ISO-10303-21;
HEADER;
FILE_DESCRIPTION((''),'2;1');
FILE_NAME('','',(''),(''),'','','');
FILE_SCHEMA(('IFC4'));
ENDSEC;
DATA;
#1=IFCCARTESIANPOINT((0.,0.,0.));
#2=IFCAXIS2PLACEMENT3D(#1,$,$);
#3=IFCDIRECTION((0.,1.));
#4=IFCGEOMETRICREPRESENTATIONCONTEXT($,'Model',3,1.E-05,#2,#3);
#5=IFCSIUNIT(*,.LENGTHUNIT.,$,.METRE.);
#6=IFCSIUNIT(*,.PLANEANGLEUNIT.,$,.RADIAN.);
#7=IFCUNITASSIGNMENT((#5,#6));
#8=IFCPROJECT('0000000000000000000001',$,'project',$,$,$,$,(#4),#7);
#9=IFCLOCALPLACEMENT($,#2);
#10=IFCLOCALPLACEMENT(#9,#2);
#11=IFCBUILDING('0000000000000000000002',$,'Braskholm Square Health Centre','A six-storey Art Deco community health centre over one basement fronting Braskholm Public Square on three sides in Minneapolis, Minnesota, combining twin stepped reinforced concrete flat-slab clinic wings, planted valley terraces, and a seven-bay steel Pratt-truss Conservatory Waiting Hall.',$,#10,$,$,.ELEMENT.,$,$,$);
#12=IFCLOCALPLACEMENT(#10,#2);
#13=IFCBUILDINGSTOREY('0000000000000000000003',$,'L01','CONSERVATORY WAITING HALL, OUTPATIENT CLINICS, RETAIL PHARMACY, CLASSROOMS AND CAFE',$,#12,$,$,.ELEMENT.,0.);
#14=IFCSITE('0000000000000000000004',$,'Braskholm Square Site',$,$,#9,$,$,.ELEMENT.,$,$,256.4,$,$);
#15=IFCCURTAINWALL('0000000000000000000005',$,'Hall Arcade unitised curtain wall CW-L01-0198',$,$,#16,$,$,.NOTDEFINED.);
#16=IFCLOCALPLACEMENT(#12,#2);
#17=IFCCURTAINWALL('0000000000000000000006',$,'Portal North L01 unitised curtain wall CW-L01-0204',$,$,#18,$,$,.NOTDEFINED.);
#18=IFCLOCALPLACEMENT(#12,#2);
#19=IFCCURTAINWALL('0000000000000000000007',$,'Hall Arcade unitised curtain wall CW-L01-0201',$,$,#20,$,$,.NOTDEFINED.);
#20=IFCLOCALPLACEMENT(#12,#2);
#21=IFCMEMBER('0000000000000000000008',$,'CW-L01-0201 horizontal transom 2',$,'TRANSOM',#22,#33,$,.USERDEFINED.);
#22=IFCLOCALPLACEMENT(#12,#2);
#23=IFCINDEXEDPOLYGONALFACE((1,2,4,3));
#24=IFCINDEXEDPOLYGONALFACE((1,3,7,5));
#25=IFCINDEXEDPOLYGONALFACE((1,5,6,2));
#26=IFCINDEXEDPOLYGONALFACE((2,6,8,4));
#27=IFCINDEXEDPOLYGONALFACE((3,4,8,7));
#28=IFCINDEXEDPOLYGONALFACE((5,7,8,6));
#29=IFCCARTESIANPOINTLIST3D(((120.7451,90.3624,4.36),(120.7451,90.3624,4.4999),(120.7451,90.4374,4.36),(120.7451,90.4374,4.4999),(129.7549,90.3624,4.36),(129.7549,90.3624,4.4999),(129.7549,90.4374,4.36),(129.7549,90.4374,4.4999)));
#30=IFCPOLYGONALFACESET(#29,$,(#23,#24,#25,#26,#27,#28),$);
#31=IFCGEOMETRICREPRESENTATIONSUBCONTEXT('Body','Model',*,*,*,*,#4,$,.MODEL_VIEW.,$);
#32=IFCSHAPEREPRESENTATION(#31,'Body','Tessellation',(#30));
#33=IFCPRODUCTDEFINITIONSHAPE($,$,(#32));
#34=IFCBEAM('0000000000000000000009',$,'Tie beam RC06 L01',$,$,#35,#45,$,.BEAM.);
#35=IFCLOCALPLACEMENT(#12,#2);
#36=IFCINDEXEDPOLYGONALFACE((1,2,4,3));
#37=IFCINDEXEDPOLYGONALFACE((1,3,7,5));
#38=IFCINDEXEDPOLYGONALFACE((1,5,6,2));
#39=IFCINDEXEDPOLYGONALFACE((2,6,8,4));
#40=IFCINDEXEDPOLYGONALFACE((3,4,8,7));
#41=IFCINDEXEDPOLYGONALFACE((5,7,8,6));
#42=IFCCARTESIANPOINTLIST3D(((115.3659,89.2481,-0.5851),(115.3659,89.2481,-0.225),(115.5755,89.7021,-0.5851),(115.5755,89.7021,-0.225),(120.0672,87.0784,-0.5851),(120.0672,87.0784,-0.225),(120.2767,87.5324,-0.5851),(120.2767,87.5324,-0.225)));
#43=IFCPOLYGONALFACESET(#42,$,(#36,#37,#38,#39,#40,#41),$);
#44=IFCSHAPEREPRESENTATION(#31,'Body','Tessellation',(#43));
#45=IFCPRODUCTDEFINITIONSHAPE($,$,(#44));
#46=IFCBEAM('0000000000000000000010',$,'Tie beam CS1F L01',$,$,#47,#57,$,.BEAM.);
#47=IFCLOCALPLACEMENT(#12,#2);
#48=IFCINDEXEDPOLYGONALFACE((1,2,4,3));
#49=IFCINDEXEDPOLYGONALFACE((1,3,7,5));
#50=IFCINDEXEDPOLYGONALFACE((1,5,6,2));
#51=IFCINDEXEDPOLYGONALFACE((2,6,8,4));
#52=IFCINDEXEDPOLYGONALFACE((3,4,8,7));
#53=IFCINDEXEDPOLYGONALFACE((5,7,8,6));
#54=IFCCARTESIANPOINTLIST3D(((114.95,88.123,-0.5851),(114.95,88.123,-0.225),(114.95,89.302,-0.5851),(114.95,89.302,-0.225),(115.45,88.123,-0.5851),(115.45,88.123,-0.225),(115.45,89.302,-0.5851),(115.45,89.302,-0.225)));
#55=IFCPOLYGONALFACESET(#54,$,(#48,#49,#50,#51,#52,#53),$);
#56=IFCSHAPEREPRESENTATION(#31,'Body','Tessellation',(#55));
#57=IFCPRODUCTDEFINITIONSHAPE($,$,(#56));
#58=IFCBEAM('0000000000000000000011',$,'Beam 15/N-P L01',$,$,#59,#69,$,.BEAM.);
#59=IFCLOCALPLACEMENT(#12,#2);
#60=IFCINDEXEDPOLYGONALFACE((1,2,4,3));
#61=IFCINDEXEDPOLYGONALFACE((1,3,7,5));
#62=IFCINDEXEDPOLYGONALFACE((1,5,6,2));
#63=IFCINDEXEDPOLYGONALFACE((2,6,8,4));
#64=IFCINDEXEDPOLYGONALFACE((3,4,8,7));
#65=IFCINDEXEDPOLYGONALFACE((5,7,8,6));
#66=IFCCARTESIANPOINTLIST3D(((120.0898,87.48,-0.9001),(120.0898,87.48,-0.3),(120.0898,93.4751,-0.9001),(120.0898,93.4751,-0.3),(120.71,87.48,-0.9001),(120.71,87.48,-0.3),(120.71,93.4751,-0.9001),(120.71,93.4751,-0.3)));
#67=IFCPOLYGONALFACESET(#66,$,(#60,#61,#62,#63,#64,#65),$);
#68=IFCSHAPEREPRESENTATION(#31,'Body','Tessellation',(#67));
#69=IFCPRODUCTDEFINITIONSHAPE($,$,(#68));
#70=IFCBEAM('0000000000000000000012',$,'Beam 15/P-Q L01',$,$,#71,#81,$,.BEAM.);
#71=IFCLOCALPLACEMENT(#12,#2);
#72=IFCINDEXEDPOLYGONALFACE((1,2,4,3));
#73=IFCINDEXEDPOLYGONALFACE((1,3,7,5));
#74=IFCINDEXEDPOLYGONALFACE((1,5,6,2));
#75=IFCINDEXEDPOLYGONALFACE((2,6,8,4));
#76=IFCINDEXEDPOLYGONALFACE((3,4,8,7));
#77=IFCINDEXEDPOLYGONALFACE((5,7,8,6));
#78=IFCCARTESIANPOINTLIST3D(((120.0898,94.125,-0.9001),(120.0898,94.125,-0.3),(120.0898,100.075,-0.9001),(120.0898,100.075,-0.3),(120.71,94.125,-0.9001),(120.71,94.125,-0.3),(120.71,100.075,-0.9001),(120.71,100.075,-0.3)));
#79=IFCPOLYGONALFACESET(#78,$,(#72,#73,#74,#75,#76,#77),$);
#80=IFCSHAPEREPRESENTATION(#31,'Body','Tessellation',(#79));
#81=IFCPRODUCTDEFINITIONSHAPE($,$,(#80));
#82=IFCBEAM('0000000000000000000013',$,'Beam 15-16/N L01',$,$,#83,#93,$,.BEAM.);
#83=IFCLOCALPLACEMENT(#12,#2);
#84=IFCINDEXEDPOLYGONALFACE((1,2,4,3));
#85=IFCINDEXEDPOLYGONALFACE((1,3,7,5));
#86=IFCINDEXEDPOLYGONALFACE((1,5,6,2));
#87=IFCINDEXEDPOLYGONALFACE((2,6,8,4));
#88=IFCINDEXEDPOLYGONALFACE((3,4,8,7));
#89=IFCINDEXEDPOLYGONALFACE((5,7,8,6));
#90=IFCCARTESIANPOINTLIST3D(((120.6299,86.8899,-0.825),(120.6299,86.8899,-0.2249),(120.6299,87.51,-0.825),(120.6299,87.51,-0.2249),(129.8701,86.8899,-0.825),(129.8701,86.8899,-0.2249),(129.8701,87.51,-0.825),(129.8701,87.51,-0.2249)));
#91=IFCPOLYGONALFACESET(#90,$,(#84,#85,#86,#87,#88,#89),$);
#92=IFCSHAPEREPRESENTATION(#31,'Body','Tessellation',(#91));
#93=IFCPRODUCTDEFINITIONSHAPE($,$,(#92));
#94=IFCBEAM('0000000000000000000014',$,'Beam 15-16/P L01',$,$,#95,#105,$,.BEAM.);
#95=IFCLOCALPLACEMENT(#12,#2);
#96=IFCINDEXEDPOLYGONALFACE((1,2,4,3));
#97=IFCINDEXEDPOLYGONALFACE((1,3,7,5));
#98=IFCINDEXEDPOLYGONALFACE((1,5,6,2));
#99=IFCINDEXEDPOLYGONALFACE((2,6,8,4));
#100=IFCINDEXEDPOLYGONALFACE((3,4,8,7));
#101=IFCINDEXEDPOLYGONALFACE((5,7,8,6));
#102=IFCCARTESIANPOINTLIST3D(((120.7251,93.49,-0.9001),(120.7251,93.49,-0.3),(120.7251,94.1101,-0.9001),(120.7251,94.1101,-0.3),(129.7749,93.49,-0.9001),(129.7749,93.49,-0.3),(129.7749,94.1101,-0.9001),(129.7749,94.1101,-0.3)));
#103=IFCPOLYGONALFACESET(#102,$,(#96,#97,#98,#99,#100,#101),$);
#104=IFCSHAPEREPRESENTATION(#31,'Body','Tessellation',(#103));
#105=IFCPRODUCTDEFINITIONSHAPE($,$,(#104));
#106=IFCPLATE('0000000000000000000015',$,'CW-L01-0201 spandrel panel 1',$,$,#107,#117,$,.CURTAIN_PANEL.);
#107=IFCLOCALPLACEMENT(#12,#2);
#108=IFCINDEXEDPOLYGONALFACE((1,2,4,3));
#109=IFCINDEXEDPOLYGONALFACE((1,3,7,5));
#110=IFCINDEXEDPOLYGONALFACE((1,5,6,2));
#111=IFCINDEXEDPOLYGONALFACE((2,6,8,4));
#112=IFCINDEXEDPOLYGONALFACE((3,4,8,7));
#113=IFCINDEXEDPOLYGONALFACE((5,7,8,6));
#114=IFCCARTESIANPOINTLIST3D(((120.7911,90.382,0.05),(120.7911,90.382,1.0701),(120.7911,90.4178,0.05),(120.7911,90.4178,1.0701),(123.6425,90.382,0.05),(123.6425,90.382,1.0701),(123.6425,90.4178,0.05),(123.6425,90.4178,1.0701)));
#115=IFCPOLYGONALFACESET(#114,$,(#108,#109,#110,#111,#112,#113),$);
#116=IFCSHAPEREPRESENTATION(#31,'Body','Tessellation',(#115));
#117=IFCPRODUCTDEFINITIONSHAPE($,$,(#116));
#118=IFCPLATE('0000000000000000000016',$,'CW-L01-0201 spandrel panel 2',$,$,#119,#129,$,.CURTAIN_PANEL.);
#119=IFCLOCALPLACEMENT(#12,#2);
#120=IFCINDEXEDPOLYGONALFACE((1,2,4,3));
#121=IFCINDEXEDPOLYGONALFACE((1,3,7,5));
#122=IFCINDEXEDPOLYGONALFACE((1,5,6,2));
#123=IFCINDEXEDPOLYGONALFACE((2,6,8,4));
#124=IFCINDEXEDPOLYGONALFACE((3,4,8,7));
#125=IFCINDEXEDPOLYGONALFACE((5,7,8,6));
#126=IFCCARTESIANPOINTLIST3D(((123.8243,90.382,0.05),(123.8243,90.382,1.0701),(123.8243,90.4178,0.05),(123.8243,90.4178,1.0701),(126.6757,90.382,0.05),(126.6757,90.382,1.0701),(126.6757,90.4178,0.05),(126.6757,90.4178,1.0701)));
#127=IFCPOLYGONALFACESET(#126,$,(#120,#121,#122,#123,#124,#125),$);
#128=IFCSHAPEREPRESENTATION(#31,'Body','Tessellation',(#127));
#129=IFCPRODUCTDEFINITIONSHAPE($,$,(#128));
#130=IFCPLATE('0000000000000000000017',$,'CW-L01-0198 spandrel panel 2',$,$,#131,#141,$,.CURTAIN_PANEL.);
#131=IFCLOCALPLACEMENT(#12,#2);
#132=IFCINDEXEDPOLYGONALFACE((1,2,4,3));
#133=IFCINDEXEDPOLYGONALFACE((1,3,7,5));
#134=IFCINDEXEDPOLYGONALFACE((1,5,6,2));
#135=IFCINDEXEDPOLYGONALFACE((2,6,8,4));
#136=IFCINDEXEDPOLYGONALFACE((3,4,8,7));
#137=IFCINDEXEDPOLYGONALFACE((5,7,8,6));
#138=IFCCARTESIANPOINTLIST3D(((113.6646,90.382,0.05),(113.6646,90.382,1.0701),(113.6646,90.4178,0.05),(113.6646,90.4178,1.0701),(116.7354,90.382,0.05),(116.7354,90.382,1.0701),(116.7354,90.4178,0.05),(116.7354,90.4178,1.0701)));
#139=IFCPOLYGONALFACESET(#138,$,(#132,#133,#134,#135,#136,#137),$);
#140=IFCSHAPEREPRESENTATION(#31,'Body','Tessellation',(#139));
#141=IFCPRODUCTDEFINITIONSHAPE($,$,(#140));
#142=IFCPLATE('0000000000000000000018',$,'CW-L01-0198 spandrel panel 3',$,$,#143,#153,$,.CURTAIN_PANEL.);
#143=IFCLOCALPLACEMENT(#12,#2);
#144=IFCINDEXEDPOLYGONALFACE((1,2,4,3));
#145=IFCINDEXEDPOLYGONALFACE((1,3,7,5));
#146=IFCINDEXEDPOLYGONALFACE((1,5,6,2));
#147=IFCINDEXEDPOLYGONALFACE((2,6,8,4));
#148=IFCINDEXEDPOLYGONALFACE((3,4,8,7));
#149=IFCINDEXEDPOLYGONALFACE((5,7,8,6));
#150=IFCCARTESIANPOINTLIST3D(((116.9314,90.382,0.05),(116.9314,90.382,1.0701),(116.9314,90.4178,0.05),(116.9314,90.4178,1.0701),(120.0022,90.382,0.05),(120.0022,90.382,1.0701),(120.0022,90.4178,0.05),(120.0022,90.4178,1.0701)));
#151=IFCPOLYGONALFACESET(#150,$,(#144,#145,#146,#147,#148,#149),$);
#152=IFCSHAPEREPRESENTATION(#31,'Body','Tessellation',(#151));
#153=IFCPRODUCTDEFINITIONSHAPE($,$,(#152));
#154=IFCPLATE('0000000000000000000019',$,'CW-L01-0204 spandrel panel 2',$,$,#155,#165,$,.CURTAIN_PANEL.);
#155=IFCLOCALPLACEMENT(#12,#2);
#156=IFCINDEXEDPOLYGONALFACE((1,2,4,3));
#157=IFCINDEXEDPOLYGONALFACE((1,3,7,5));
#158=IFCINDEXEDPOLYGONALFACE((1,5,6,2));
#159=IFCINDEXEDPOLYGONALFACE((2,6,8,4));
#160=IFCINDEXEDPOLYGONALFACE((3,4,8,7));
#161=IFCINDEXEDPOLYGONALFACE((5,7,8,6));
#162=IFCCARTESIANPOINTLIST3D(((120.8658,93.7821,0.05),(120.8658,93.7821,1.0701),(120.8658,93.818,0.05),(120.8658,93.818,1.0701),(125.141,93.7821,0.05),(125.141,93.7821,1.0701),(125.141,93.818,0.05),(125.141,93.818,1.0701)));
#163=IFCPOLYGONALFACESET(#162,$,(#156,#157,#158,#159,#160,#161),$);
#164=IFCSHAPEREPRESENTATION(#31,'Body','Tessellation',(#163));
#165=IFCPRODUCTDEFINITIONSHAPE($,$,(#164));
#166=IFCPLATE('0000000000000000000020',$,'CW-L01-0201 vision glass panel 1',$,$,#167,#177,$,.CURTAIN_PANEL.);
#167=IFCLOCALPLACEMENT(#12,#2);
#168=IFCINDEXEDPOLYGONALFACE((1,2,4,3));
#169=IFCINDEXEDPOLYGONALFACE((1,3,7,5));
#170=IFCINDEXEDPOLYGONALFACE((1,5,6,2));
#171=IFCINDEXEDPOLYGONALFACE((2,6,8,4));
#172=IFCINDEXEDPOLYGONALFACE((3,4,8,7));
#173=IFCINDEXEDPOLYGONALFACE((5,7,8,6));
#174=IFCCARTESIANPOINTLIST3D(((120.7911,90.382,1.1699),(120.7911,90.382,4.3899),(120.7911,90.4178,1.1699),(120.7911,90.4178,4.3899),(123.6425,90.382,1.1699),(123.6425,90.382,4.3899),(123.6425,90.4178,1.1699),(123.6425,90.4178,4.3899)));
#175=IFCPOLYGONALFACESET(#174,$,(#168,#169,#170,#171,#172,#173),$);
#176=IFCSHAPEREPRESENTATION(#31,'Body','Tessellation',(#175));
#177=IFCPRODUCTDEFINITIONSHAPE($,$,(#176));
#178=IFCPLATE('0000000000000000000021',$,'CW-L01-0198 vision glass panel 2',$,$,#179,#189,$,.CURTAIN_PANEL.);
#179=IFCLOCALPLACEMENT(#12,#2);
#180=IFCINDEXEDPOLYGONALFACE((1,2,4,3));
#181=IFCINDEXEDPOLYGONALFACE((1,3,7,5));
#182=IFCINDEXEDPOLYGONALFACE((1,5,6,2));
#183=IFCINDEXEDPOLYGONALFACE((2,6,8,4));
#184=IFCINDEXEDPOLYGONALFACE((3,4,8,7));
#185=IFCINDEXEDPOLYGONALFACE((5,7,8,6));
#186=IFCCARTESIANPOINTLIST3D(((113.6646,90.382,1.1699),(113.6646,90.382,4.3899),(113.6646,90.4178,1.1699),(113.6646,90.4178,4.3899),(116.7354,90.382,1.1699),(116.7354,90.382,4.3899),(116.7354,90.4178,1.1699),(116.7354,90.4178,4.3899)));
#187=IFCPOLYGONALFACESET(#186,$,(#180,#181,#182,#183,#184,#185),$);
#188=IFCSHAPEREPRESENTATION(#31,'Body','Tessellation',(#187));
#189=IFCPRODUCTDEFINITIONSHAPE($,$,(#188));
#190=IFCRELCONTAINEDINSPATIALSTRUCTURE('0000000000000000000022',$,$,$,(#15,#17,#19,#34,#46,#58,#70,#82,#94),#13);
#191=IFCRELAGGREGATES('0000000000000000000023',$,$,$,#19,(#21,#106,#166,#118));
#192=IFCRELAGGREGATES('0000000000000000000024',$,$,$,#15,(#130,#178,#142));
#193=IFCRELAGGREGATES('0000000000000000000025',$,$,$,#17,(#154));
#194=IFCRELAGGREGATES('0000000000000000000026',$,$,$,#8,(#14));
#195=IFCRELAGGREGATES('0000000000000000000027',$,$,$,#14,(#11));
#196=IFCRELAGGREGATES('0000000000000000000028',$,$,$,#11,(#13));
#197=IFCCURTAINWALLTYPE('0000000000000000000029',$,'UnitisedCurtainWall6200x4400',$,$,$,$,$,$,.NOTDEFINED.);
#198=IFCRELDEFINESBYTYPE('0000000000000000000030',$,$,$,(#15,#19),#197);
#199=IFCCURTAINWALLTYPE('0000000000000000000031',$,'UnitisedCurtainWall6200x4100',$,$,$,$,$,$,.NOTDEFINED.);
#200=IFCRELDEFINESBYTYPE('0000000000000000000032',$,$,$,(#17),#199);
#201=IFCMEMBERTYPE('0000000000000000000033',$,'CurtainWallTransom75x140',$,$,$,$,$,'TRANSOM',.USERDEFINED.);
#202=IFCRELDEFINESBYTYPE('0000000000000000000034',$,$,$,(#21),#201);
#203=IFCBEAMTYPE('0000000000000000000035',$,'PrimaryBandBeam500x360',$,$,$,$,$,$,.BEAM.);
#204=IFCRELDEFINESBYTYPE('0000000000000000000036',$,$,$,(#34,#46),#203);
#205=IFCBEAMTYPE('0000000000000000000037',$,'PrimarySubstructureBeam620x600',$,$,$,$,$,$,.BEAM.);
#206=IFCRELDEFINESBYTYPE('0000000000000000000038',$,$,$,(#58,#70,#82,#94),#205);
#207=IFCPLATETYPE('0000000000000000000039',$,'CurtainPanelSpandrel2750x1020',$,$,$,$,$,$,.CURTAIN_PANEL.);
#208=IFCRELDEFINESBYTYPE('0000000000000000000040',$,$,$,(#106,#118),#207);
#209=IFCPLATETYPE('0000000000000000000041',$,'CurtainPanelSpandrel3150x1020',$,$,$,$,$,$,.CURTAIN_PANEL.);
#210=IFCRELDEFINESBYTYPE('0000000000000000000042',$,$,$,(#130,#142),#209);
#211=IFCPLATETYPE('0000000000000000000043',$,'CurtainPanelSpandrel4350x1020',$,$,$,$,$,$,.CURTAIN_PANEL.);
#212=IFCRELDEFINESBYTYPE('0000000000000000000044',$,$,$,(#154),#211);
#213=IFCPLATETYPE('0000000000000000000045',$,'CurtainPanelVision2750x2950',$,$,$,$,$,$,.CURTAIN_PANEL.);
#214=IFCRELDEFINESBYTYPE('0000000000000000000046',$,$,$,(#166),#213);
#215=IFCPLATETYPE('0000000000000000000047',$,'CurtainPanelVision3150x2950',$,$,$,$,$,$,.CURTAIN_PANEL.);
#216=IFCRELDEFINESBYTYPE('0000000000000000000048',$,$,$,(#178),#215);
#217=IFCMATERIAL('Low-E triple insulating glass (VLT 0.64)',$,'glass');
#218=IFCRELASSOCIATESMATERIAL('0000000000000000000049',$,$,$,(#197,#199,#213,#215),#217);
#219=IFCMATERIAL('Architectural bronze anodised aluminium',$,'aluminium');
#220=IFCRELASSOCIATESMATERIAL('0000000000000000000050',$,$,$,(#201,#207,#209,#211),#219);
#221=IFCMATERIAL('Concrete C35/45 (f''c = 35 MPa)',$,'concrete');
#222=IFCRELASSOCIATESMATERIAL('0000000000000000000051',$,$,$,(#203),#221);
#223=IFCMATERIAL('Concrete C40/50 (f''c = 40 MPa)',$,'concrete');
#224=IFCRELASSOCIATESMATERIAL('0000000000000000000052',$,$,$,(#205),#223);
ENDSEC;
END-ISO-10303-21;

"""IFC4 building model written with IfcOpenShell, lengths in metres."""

from ifc_helpers import new_model, si_unit, direction, frame, origin, origin_2d, place, context, subcontext, project, spatial, rectangle, extrude, material, material_profile, profile_set, type_object, element, aggregate, save


model = new_model("IFC4")

# Units and contexts
model_context = context("Model", 3, precision=1e-05, world=origin(), true_north=direction((0.0, 1.0)))
body_context = subcontext(model_context, "Body", "Model", "MODEL_VIEW")
ifc_project = project(units=[si_unit("LENGTHUNIT", "METRE"), si_unit("PLANEANGLEUNIT", "RADIAN")], contexts=[model_context])

# Site, building, storey
site_placement = place(None, origin())
site = spatial("IfcSite", under=ifc_project, at=site_placement, Name="Braskholm Square Site", CompositionType="ELEMENT", RefElevation=256.4)
building_placement = place(site_placement, origin())
building = spatial("IfcBuilding", under=site, at=building_placement, Name="Braskholm Square Health Centre", Description="A six-storey Art Deco community health centre over one basement fronting Braskholm Public Square on three sides in Minneapolis, Minnesota, combining twin stepped reinforced concrete flat-slab clinic wings, planted valley terraces, and a seven-bay steel Pratt-truss Conservatory Waiting Hall.", CompositionType="ELEMENT")
storey_placement = place(building_placement, origin())
storey = spatial("IfcBuildingStorey", under=building, at=storey_placement, Name="L01", Description="CONSERVATORY WAITING HALL, OUTPATIENT CLINICS, RETAIL PHARMACY, CLASSROOMS AND CAFE", CompositionType="ELEMENT", Elevation=0.0)

# Shared definitions
ifc_material_1 = material(Name="Concrete C40/50 (f'c = 40 MPa)", Category="concrete")

# Curtain wall
ifc_material_2 = material(Name="Low-E triple insulating glass (VLT 0.64)", Category="glass")
curtain_wall_type_1 = type_object("IfcCurtainWallType", Name="UnitisedCurtainWall6200x4400", PredefinedType="NOTDEFINED", material=ifc_material_2)
curtain_wall_1_placement = place(storey_placement, origin())
curtain_wall_1 = element("IfcCurtainWall", 1, at=curtain_wall_1_placement, inside=storey, type_object=curtain_wall_type_1, Name="Hall Arcade unitised curtain wall CW-L01-0198", PredefinedType="NOTDEFINED")
ifc_material_3 = material(Name="Architectural bronze anodised aluminium", Category="aluminium")

# Curtain wall
curtain_wall_type_2 = type_object("IfcCurtainWallType", Name="UnitisedCurtainWall6200x4100", PredefinedType="NOTDEFINED", material=ifc_material_2)
curtain_wall_2_placement = place(storey_placement, origin())
curtain_wall_2 = element("IfcCurtainWall", 2, at=curtain_wall_2_placement, inside=storey, type_object=curtain_wall_type_2, Name="Portal North L01 unitised curtain wall CW-L01-0204", PredefinedType="NOTDEFINED")

# Curtain wall
curtain_wall_3_placement = place(storey_placement, origin())
curtain_wall_3 = element("IfcCurtainWall", 3, at=curtain_wall_3_placement, inside=storey, type_object=curtain_wall_type_1, Name="Hall Arcade unitised curtain wall CW-L01-0201", PredefinedType="NOTDEFINED")

# Member
ifc_material_profile_1 = material_profile(ifc_material_3, rectangle(XDim=0.075, YDim=0.1399, at=origin_2d()), Name="ALU-75X140")
ifc_profile_set_1 = profile_set([ifc_material_profile_1], Name="Architectural bronze anodised aluminium")
member_type_1 = type_object("IfcMemberType", Name="CurtainWallTransom75x140", ElementType="TRANSOM", PredefinedType="USERDEFINED", material=ifc_profile_set_1)
member_1_placement = place(storey_placement, frame((120.7451, 90.3999, 4.4299), z_axis=(1.0, 0.0, 0.0), x_axis=(0.0, 1.0, 0.0)))
member_1 = element("IfcMember", 4, at=member_1_placement, type_object=member_type_1, Name="CW-L01-0201 horizontal transom 2", ObjectType="TRANSOM", PredefinedType="USERDEFINED", context=body_context, shape_type="SweptSolid", body=[
    extrude(rectangle(XDim=0.075, YDim=0.1399, at=origin_2d()), origin(), (0.0, 0.0, 1.0), 9.0098),
])

# Beams
ifc_material_4 = material(Name="Concrete C35/45 (f'c = 35 MPa)", Category="concrete")
ifc_material_profile_2 = material_profile(ifc_material_4, rectangle(XDim=0.5, YDim=0.3601, at=origin_2d()), Name="RCB-500X360")
ifc_profile_set_2 = profile_set([ifc_material_profile_2], Name="Concrete C35/45 (f'c = 35 MPa)")
beam_type_1 = type_object("IfcBeamType", Name="PrimaryBandBeam500x360", PredefinedType="BEAM", material=ifc_profile_set_2)
beam_1_placement = place(storey_placement, frame((115.4707, 89.4751, -0.405), z_axis=(0.907966, -0.419043, 0.0), x_axis=(0.419043, 0.907966, 0.0)))
element("IfcBeam", 5, at=beam_1_placement, inside=storey, type_object=beam_type_1, Name="Tie beam RC06 L01", PredefinedType="BEAM", context=body_context, shape_type="SweptSolid", body=[
    extrude(rectangle(XDim=0.5, YDim=0.3601, at=origin_2d()), origin(), (0.0, 0.0, 1.0), 5.1777),
])
beam_2_placement = place(storey_placement, frame((115.2, 88.123, -0.405), z_axis=(0.0, 1.0, 0.0), x_axis=(-1.0, 0.0, 0.0)))
element("IfcBeam", 6, at=beam_2_placement, inside=storey, type_object=beam_type_1, Name="Tie beam CS1F L01", PredefinedType="BEAM", context=body_context, shape_type="SweptSolid", body=[
    extrude(rectangle(XDim=0.5, YDim=0.3601, at=origin_2d()), origin(), (0.0, 0.0, 1.0), 1.179),
])
ifc_material_profile_3 = material_profile(ifc_material_1, rectangle(XDim=0.6201, YDim=0.6001, at=origin_2d()), Name="RCB-620X600")
ifc_profile_set_3 = profile_set([ifc_material_profile_3], Name="Concrete C40/50 (f'c = 40 MPa)")
beam_type_2 = type_object("IfcBeamType", Name="PrimarySubstructureBeam620x600", PredefinedType="BEAM", material=ifc_profile_set_3)
beam_3_placement = place(storey_placement, frame((120.3999, 87.48, -0.6001), z_axis=(0.0, 1.0, 0.0), x_axis=(-1.0, 0.0, 0.0)))
element("IfcBeam", 7, at=beam_3_placement, inside=storey, type_object=beam_type_2, Name="Beam 15/N-P L01", PredefinedType="BEAM", context=body_context, shape_type="SweptSolid", body=[
    extrude(rectangle(XDim=0.6201, YDim=0.6001, at=origin_2d()), origin(), (0.0, 0.0, 1.0), 5.9951),
])
beam_4_placement = place(storey_placement, frame((120.3999, 94.125, -0.6001), z_axis=(0.0, 1.0, 0.0), x_axis=(-1.0, 0.0, 0.0)))
element("IfcBeam", 8, at=beam_4_placement, inside=storey, type_object=beam_type_2, Name="Beam 15/P-Q L01", PredefinedType="BEAM", context=body_context, shape_type="SweptSolid", body=[
    extrude(rectangle(XDim=0.6201, YDim=0.6001, at=origin_2d()), origin(), (0.0, 0.0, 1.0), 5.95),
])
beam_5_placement = place(storey_placement, frame((120.6299, 87.2, -0.5249), z_axis=(1.0, 0.0, 0.0), x_axis=(0.0, 1.0, 0.0)))
element("IfcBeam", 9, at=beam_5_placement, inside=storey, type_object=beam_type_2, Name="Beam 15-16/N L01", PredefinedType="BEAM", context=body_context, shape_type="SweptSolid", body=[
    extrude(rectangle(XDim=0.6201, YDim=0.6001, at=origin_2d()), origin(), (0.0, 0.0, 1.0), 9.2402),
])
beam_6_placement = place(storey_placement, frame((120.7251, 93.8, -0.6001), z_axis=(1.0, 0.0, 0.0), x_axis=(0.0, 1.0, 0.0)))
element("IfcBeam", 10, at=beam_6_placement, inside=storey, type_object=beam_type_2, Name="Beam 15-16/P L01", PredefinedType="BEAM", context=body_context, shape_type="SweptSolid", body=[
    extrude(rectangle(XDim=0.6201, YDim=0.6001, at=origin_2d()), origin(), (0.0, 0.0, 1.0), 9.0498),
])

# Plates
plate_type_1 = type_object("IfcPlateType", Name="CurtainPanelSpandrel2750x1020", PredefinedType="CURTAIN_PANEL", material=ifc_material_3)
plate_1_placement = place(storey_placement, frame((122.2168, 90.3999, 0.05), z_axis=(0.0, 0.0, 1.0), x_axis=(1.0, 0.0, 0.0)))
plate_1 = element("IfcPlate", 11, at=plate_1_placement, type_object=plate_type_1, Name="CW-L01-0201 spandrel panel 1", PredefinedType="CURTAIN_PANEL", context=body_context, shape_type="SweptSolid", body=[
    extrude(rectangle(XDim=2.8513, YDim=0.0359, at=origin_2d()), origin(), (0.0, 0.0, 1.0), 1.02),
])
plate_2_placement = place(storey_placement, frame((125.25, 90.3999, 0.05), z_axis=(0.0, 0.0, 1.0), x_axis=(1.0, 0.0, 0.0)))
plate_2 = element("IfcPlate", 12, at=plate_2_placement, type_object=plate_type_1, Name="CW-L01-0201 spandrel panel 2", PredefinedType="CURTAIN_PANEL", context=body_context, shape_type="SweptSolid", body=[
    extrude(rectangle(XDim=2.8513, YDim=0.0359, at=origin_2d()), origin(), (0.0, 0.0, 1.0), 1.02),
])
plate_type_2 = type_object("IfcPlateType", Name="CurtainPanelSpandrel3150x1020", PredefinedType="CURTAIN_PANEL", material=ifc_material_3)
plate_3_placement = place(storey_placement, frame((115.2, 90.3999, 0.05), z_axis=(0.0, 0.0, 1.0), x_axis=(1.0, 0.0, 0.0)))
plate_3 = element("IfcPlate", 13, at=plate_3_placement, type_object=plate_type_2, Name="CW-L01-0198 spandrel panel 2", PredefinedType="CURTAIN_PANEL", context=body_context, shape_type="SweptSolid", body=[
    extrude(rectangle(XDim=3.0708, YDim=0.0359, at=origin_2d()), origin(), (0.0, 0.0, 1.0), 1.02),
])
plate_4_placement = place(storey_placement, frame((118.4668, 90.3999, 0.05), z_axis=(0.0, 0.0, 1.0), x_axis=(1.0, 0.0, 0.0)))
plate_4 = element("IfcPlate", 14, at=plate_4_placement, type_object=plate_type_2, Name="CW-L01-0198 spandrel panel 3", PredefinedType="CURTAIN_PANEL", context=body_context, shape_type="SweptSolid", body=[
    extrude(rectangle(XDim=3.0708, YDim=0.0359, at=origin_2d()), origin(), (0.0, 0.0, 1.0), 1.02),
])
plate_type_3 = type_object("IfcPlateType", Name="CurtainPanelSpandrel4350x1020", PredefinedType="CURTAIN_PANEL", material=ifc_material_3)
plate_5_placement = place(storey_placement, frame((123.0034, 93.8, 0.05), z_axis=(0.0, 0.0, 1.0), x_axis=(-1.0, 0.0, 0.0)))
plate_5 = element("IfcPlate", 15, at=plate_5_placement, type_object=plate_type_3, Name="CW-L01-0204 spandrel panel 2", PredefinedType="CURTAIN_PANEL", context=body_context, shape_type="SweptSolid", body=[
    extrude(rectangle(XDim=4.2751, YDim=0.0359, at=origin_2d()), origin(), (0.0, 0.0, 1.0), 1.02),
])
plate_type_4 = type_object("IfcPlateType", Name="CurtainPanelVision2750x2950", PredefinedType="CURTAIN_PANEL", material=ifc_material_2)
plate_6_placement = place(storey_placement, frame((122.2168, 90.3999, 1.1699), z_axis=(0.0, 0.0, 1.0), x_axis=(1.0, 0.0, 0.0)))
plate_6 = element("IfcPlate", 16, at=plate_6_placement, type_object=plate_type_4, Name="CW-L01-0201 vision glass panel 1", PredefinedType="CURTAIN_PANEL", context=body_context, shape_type="SweptSolid", body=[
    extrude(rectangle(XDim=2.8513, YDim=0.0359, at=origin_2d()), origin(), (0.0, 0.0, 1.0), 3.22),
])
aggregate(curtain_wall_3, [member_1, plate_1, plate_6, plate_2])
plate_type_5 = type_object("IfcPlateType", Name="CurtainPanelVision3150x2950", PredefinedType="CURTAIN_PANEL", material=ifc_material_2)
plate_7_placement = place(storey_placement, frame((115.2, 90.3999, 1.1699), z_axis=(0.0, 0.0, 1.0), x_axis=(1.0, 0.0, 0.0)))
plate_7 = element("IfcPlate", 17, at=plate_7_placement, type_object=plate_type_5, Name="CW-L01-0198 vision glass panel 2", PredefinedType="CURTAIN_PANEL", context=body_context, shape_type="SweptSolid", body=[
    extrude(rectangle(XDim=3.0708, YDim=0.0359, at=origin_2d()), origin(), (0.0, 0.0, 1.0), 3.22),
])
aggregate(curtain_wall_1, [plate_3, plate_7, plate_4])
aggregate(curtain_wall_2, [plate_5])

save(model, "model.ifc")
